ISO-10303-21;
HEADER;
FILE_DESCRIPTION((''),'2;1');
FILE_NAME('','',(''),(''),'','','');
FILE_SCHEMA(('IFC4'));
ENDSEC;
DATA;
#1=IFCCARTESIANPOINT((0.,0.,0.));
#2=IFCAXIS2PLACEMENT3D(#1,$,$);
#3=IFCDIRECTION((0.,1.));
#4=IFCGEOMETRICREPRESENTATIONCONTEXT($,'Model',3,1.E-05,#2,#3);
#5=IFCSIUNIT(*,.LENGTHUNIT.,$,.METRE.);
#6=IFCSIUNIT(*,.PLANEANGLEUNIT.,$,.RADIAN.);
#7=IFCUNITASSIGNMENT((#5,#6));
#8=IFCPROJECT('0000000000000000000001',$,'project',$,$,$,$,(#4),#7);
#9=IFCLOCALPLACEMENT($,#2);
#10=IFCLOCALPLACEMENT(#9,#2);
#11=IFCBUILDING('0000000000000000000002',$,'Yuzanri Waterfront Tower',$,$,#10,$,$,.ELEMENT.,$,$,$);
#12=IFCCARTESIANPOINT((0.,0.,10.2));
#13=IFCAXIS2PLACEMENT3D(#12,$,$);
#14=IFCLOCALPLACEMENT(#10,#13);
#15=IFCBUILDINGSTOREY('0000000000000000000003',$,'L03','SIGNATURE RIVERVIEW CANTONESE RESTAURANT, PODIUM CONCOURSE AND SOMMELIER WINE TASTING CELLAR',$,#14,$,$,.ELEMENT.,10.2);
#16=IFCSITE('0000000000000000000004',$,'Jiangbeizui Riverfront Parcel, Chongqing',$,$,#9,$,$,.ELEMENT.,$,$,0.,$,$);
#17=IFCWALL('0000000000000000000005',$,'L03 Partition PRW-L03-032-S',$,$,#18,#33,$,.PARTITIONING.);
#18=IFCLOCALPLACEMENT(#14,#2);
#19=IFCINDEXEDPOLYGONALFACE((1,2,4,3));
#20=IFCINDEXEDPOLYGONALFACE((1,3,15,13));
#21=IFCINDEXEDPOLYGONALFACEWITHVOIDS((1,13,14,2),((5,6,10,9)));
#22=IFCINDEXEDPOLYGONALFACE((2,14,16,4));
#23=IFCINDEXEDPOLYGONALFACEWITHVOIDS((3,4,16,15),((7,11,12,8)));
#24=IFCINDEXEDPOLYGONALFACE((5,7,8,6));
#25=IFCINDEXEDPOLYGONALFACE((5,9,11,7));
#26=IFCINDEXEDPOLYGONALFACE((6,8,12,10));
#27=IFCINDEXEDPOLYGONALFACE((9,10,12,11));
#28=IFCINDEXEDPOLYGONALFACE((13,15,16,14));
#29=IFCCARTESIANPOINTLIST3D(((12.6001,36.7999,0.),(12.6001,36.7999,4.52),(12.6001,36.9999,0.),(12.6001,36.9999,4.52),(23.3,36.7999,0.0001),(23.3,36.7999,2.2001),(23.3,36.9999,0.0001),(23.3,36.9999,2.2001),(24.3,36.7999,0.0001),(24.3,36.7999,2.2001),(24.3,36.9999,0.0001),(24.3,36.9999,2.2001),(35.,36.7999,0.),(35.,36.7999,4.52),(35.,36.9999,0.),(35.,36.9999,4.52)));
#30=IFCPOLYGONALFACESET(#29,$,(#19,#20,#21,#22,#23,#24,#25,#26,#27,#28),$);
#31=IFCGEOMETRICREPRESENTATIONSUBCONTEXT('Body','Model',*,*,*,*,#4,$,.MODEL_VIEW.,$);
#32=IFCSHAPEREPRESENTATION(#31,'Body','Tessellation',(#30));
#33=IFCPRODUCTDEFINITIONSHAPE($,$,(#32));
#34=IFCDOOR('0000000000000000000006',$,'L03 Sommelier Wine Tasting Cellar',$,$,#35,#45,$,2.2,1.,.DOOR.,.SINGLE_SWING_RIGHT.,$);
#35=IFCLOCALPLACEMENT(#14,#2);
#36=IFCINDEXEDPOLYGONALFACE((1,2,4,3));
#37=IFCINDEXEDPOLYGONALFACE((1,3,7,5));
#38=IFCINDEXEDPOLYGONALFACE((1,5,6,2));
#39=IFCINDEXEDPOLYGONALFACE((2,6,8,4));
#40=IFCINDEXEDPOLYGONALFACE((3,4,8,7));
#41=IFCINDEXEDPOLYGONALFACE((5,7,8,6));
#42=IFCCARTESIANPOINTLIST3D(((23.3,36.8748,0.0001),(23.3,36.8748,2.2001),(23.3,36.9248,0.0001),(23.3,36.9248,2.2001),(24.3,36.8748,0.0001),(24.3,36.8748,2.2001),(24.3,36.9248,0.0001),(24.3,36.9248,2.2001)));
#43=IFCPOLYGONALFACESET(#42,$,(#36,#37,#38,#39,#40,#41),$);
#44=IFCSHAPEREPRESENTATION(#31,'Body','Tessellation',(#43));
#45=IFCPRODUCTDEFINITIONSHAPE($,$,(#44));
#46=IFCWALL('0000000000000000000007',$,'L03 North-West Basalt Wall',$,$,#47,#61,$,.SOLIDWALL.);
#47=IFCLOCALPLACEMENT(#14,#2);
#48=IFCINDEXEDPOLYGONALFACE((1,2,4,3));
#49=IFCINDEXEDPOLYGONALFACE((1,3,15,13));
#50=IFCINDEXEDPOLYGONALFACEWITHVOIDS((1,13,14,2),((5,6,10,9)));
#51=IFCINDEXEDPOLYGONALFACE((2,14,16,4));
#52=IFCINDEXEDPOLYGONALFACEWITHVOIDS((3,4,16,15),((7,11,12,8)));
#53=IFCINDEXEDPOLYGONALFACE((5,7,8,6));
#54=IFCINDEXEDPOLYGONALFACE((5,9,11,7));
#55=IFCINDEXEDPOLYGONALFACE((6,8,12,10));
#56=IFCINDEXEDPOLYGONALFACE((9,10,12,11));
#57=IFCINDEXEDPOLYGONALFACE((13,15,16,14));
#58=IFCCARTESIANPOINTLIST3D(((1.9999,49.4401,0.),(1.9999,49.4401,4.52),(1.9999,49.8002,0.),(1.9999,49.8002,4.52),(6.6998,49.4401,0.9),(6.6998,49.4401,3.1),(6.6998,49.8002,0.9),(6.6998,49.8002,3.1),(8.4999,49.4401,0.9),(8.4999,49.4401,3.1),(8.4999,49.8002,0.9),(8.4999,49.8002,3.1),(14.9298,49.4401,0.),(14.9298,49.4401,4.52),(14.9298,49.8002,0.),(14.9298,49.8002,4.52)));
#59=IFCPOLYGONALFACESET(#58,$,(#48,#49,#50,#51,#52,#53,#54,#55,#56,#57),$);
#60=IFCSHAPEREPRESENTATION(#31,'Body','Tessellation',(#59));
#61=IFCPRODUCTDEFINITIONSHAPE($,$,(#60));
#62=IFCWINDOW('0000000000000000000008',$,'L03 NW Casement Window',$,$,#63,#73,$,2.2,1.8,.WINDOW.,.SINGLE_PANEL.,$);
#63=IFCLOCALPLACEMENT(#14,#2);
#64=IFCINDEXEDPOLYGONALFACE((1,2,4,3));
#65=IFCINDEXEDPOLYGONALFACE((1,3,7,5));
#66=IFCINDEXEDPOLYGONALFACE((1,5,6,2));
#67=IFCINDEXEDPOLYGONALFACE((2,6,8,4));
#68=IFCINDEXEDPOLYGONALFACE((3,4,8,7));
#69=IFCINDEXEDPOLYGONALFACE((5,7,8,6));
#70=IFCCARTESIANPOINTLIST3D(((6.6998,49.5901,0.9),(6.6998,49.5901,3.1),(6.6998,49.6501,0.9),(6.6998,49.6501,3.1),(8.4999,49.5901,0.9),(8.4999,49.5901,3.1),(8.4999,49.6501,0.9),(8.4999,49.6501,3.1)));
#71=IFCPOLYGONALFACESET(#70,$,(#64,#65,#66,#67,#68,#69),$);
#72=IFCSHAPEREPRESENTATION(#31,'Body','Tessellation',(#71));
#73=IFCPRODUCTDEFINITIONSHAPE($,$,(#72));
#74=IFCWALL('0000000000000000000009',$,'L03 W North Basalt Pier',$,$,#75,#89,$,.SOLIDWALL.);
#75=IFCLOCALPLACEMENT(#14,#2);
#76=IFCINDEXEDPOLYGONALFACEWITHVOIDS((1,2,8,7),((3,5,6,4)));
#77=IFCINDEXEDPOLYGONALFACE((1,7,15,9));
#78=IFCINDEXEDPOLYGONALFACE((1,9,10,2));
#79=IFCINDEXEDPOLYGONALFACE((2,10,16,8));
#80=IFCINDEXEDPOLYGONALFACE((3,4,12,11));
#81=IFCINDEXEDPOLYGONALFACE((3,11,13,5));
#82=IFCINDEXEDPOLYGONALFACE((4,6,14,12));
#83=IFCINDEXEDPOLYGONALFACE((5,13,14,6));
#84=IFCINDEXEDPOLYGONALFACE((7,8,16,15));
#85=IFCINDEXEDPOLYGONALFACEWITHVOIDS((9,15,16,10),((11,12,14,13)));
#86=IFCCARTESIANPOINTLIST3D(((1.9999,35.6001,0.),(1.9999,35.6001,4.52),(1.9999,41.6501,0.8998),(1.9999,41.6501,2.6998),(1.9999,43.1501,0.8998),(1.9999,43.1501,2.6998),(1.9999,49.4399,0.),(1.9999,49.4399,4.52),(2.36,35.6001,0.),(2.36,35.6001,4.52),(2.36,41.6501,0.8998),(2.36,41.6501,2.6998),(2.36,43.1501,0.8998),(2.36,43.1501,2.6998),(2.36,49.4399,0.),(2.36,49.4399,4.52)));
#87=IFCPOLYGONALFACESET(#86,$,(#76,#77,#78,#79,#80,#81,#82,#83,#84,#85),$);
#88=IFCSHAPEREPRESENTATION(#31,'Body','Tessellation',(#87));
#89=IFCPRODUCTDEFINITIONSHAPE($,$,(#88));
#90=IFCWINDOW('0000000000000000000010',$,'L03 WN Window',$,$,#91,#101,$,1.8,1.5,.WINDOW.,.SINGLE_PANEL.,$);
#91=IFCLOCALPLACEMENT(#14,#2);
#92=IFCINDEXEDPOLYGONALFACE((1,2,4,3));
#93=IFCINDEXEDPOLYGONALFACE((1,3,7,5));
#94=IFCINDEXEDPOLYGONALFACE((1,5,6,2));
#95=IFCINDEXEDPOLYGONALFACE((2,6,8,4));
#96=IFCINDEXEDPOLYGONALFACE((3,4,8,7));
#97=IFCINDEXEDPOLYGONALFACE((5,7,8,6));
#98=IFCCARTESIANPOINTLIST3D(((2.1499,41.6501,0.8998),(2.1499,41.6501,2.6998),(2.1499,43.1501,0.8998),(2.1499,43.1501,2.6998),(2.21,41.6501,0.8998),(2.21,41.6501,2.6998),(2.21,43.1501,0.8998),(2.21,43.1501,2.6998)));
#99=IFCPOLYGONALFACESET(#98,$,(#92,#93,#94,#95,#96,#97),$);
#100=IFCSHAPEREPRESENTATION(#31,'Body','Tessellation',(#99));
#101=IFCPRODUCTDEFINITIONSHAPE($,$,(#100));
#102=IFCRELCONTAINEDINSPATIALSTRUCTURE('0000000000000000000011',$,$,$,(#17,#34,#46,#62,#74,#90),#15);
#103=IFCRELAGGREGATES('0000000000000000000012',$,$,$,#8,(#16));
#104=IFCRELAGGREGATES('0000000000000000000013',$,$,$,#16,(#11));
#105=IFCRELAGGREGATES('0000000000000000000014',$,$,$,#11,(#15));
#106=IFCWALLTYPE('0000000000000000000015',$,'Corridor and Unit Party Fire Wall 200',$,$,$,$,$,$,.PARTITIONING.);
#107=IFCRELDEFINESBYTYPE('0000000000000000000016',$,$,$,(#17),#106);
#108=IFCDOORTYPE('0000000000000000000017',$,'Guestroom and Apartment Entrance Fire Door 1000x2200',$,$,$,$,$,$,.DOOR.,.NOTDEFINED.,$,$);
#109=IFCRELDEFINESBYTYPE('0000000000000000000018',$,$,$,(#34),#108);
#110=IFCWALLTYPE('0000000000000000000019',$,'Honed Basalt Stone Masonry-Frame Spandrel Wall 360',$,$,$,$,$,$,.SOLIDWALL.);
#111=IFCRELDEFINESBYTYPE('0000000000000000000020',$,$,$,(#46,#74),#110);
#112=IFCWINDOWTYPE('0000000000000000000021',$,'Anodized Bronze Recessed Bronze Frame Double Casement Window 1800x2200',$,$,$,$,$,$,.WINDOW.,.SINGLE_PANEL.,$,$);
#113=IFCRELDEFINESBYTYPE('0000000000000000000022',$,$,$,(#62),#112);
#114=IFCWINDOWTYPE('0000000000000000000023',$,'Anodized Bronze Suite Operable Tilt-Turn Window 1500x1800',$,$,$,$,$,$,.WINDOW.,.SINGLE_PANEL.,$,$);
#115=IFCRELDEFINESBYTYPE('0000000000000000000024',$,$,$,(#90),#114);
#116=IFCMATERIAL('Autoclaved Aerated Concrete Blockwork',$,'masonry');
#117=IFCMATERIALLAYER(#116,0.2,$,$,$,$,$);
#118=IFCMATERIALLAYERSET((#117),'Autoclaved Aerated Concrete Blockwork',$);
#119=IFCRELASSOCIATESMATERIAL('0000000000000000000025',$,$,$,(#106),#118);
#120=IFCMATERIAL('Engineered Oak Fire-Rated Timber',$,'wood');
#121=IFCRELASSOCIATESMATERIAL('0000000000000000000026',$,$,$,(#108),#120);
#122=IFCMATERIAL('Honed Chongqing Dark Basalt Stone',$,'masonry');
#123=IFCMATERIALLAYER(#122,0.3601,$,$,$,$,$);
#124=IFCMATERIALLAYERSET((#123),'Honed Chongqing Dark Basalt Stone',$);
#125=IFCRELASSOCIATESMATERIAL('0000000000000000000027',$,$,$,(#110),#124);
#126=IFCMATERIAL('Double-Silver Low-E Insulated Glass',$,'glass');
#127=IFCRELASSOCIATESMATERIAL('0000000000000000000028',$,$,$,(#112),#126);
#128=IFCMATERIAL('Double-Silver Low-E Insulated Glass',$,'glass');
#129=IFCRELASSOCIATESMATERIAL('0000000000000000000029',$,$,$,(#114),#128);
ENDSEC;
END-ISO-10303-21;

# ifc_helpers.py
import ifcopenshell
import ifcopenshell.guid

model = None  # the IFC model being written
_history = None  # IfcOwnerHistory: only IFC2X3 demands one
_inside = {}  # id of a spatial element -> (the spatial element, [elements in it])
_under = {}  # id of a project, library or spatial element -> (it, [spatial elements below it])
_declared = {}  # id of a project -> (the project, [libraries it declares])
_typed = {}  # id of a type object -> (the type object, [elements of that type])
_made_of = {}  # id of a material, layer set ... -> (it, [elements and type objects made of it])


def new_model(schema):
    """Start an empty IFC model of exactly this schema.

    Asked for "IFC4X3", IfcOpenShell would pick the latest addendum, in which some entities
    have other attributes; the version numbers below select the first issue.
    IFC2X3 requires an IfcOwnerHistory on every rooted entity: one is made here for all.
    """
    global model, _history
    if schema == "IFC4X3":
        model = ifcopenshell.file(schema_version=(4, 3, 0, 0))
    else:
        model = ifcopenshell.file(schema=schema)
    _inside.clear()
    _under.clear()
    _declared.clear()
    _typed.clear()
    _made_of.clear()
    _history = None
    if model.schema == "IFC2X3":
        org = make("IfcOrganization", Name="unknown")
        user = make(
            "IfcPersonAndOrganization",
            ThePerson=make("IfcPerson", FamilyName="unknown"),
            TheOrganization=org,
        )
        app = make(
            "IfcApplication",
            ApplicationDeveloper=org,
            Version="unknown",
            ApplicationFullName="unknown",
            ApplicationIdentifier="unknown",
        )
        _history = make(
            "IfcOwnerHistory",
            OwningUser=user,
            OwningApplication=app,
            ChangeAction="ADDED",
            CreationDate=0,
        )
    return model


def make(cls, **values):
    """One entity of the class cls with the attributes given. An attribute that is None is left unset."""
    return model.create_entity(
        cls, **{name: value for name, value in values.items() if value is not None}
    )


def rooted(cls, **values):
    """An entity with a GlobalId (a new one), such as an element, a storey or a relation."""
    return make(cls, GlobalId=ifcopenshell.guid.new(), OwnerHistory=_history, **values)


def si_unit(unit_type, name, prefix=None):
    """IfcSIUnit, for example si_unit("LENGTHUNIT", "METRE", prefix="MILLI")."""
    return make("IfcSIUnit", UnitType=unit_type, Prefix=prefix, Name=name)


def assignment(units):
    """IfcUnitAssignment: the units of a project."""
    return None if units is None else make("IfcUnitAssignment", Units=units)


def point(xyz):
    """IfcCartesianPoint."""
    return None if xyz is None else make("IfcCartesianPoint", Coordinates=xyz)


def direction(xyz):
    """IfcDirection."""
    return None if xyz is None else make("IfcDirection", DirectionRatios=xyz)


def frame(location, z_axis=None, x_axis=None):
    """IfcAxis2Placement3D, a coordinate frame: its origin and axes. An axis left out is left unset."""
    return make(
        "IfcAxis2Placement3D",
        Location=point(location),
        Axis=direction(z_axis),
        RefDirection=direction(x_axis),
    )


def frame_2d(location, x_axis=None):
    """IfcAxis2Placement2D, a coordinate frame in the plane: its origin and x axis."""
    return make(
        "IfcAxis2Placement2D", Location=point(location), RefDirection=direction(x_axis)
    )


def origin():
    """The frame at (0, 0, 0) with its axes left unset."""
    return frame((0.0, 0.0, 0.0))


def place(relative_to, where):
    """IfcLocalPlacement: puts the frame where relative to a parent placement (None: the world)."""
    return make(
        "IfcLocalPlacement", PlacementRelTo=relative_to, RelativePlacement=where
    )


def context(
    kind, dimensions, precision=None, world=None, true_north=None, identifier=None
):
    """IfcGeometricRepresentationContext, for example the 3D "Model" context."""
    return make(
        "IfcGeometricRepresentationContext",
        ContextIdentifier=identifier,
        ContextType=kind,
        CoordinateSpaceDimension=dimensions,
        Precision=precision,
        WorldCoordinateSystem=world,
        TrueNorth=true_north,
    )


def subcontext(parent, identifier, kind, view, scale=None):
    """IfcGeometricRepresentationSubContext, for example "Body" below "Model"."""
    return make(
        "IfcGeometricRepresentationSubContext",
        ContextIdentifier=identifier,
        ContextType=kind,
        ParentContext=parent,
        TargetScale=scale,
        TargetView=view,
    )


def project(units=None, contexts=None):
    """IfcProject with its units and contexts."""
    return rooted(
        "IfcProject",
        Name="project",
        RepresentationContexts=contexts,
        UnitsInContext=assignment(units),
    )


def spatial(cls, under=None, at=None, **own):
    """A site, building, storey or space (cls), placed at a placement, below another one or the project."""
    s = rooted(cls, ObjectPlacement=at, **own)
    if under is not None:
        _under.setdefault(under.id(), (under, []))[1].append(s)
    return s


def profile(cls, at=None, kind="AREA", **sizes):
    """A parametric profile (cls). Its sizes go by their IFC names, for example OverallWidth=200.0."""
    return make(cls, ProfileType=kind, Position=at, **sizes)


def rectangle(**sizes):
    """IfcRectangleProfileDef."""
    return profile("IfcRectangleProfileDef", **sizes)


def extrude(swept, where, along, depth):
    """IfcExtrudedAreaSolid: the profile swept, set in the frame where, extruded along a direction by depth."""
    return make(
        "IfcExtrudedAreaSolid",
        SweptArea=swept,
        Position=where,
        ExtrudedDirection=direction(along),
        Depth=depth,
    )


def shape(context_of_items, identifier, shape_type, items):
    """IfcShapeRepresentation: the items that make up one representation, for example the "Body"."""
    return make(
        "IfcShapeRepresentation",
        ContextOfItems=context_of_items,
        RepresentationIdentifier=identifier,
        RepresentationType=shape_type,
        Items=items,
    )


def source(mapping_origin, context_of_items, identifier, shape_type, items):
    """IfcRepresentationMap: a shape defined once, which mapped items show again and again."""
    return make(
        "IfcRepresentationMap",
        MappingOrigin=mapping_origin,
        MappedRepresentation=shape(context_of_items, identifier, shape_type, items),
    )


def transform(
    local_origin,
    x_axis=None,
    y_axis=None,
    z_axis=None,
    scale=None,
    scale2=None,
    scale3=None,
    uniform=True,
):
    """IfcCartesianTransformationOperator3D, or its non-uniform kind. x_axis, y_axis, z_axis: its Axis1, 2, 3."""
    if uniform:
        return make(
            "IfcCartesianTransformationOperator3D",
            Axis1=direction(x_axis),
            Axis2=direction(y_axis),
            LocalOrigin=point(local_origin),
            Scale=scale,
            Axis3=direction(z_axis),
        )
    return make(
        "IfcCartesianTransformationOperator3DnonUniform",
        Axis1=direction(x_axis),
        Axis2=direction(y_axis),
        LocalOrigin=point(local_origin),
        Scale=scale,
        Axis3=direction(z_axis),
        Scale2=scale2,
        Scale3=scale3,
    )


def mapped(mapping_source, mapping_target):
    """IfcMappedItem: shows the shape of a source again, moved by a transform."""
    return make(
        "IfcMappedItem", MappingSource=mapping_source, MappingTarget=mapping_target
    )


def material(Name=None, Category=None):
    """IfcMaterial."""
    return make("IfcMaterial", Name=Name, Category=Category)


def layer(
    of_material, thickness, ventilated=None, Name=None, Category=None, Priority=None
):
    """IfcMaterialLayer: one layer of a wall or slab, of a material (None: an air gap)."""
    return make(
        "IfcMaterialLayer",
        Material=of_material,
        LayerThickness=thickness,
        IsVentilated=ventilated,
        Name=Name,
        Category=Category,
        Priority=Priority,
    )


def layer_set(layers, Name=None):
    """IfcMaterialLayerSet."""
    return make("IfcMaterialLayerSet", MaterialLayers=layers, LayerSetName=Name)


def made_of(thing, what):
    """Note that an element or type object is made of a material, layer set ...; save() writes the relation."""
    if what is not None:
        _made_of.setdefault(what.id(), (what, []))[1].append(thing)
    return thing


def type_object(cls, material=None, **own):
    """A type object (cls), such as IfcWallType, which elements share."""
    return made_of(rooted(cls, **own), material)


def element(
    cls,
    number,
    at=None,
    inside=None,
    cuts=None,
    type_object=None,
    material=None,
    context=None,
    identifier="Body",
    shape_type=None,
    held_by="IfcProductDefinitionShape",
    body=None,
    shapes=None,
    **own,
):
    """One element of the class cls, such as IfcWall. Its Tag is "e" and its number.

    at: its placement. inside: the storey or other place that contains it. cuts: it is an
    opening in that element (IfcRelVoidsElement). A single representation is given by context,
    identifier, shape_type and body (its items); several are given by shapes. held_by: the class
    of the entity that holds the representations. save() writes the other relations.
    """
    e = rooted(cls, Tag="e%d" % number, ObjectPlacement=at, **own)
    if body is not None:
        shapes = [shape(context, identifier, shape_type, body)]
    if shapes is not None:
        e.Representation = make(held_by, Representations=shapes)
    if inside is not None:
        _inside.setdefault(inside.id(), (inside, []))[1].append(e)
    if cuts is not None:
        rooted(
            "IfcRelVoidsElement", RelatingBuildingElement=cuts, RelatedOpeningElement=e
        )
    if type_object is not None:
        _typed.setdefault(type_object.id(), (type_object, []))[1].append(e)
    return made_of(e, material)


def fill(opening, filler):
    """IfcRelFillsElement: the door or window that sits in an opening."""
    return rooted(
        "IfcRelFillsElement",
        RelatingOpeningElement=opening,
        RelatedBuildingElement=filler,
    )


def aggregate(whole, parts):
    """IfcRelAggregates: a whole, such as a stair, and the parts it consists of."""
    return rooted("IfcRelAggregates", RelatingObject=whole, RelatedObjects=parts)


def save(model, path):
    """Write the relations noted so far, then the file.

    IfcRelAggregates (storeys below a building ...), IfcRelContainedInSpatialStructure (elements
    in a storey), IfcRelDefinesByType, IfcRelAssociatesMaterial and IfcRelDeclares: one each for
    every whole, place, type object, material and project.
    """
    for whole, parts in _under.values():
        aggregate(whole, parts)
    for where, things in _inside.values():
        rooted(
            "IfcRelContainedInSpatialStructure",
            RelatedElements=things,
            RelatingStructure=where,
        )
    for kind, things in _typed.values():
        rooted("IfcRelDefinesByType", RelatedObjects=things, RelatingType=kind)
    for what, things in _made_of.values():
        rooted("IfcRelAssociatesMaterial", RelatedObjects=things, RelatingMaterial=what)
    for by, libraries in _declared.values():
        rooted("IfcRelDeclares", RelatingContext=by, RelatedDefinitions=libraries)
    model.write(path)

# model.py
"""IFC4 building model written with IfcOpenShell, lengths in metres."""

from ifc_helpers import new_model, si_unit, direction, frame, frame_2d, origin, place, context, subcontext, project, spatial, rectangle, extrude, source, transform, mapped, material, layer, layer_set, type_object, element, fill, save


model = new_model("IFC4")

# Units and contexts
model_context = context("Model", 3, precision=1e-05, world=origin(), true_north=direction((0.0, 1.0)))
body_context = subcontext(model_context, "Body", "Model", "MODEL_VIEW")
ifc_project = project(units=[si_unit("LENGTHUNIT", "METRE"), si_unit("PLANEANGLEUNIT", "RADIAN")], contexts=[model_context])

# Site, building, storey
site_placement = place(None, origin())
site = spatial("IfcSite", under=ifc_project, at=site_placement, Name="Jiangbeizui Riverfront Parcel, Chongqing", CompositionType="ELEMENT", RefElevation=0.0)
building_placement = place(site_placement, origin())
building = spatial("IfcBuilding", under=site, at=building_placement, Name="Yuzanri Waterfront Tower", CompositionType="ELEMENT")
storey_placement = place(building_placement, frame((0.0, 0.0, 10.2)))
storey = spatial("IfcBuildingStorey", under=building, at=storey_placement, Name="L03", Description="SIGNATURE RIVERVIEW CANTONESE RESTAURANT, PODIUM CONCOURSE AND SOMMELIER WINE TASTING CELLAR", CompositionType="ELEMENT", Elevation=10.2)

# Wall, opening, door
ifc_material_1 = material(Name="Autoclaved Aerated Concrete Blockwork", Category="masonry")
ifc_layer_1 = layer(ifc_material_1, 0.2)
ifc_layer_set_1 = layer_set([ifc_layer_1], Name="Autoclaved Aerated Concrete Blockwork")
wall_type_1 = type_object("IfcWallType", Name="Corridor and Unit Party Fire Wall 200", PredefinedType="PARTITIONING", material=ifc_layer_set_1)
wall_1_placement = place(storey_placement, frame((12.6001, 36.8999, 0.0), z_axis=(0.0, 0.0, 1.0), x_axis=(1.0, 0.0, 0.0)))
wall_1 = element("IfcWall", 1, at=wall_1_placement, inside=storey, type_object=wall_type_1, Name="L03 Partition PRW-L03-032-S", PredefinedType="PARTITIONING", context=body_context, shape_type="SweptSolid", body=[
    extrude(rectangle(XDim=22.3999, YDim=0.2, at=frame_2d((11.2, 0.0))), origin(), (0.0, 0.0, 1.0), 4.52),
])
opening_1_placement = place(wall_1_placement, frame((10.7, 0.0, 0.0)))
opening_1 = element("IfcOpeningElement", 2, at=opening_1_placement, cuts=wall_1, PredefinedType="OPENING", context=body_context, shape_type="SweptSolid", body=[
    extrude(rectangle(XDim=1.0, YDim=2.2, at=frame_2d((0.5, 1.1001))), frame((0.0, 0.1147, 0.0), z_axis=(0.0, -1.0, 0.0), x_axis=(1.0, 0.0, 0.0)), (0.0, 0.0, 1.0), 0.2297),
])
ifc_material_2 = material(Name="Engineered Oak Fire-Rated Timber", Category="wood")
door_type_1 = type_object("IfcDoorType", Name="Guestroom and Apartment Entrance Fire Door 1000x2200", OperationType="NOTDEFINED", PredefinedType="DOOR", material=ifc_material_2)
shared_shape_1 = source(origin(), body_context, "Body", "SweptSolid", [
    extrude(rectangle(XDim=1.0, YDim=2.2, at=frame_2d((0.5, 1.1001))), frame((0.0, 0.0249, 0.0), z_axis=(0.0, -1.0, 0.0), x_axis=(1.0, 0.0, 0.0)), (0.0, 0.0, 1.0), 0.05),
])
door_1_placement = place(opening_1_placement, origin())
door_1 = element("IfcDoor", 3, at=door_1_placement, inside=storey, type_object=door_type_1, Name="L03 Sommelier Wine Tasting Cellar", OperationType="SINGLE_SWING_RIGHT", OverallHeight=2.2, OverallWidth=1.0, PredefinedType="DOOR", context=body_context, shape_type="MappedRepresentation", body=[
    mapped(shared_shape_1, transform((0.0, 0.0, 0.0), scale=1.0)),
])
fill(opening_1, door_1)

# Walls, openings, windows
ifc_material_3 = material(Name="Honed Chongqing Dark Basalt Stone", Category="masonry")
ifc_layer_2 = layer(ifc_material_3, 0.3601)
ifc_layer_set_2 = layer_set([ifc_layer_2], Name="Honed Chongqing Dark Basalt Stone")
wall_type_2 = type_object("IfcWallType", Name="Honed Basalt Stone Masonry-Frame Spandrel Wall 360", PredefinedType="SOLIDWALL", material=ifc_layer_set_2)
wall_2_placement = place(storey_placement, frame((2.0, 49.6201, 0.0), z_axis=(0.0, 0.0, 1.0), x_axis=(1.0, 0.0, 0.0)))
wall_2 = element("IfcWall", 4, at=wall_2_placement, inside=storey, type_object=wall_type_2, Name="L03 North-West Basalt Wall", PredefinedType="SOLIDWALL", context=body_context, shape_type="SweptSolid", body=[
    extrude(rectangle(XDim=12.9299, YDim=0.3601, at=frame_2d((6.4648, 0.0))), origin(), (0.0, 0.0, 1.0), 4.52),
])
opening_2_placement = place(wall_2_placement, frame((4.7, 0.0, 0.8999)))
opening_2 = element("IfcOpeningElement", 5, at=opening_2_placement, cuts=wall_2, PredefinedType="OPENING", context=body_context, shape_type="SweptSolid", body=[
    extrude(rectangle(XDim=1.8, YDim=2.2, at=frame_2d((0.8999, 1.1001))), frame((0.0, 0.1948, 0.0), z_axis=(0.0, -1.0, 0.0), x_axis=(1.0, 0.0, 0.0)), (0.0, 0.0, 1.0), 0.3899),
])
ifc_material_4 = material(Name="Double-Silver Low-E Insulated Glass", Category="glass")
window_type_1 = type_object("IfcWindowType", Name="Anodized Bronze Recessed Bronze Frame Double Casement Window 1800x2200", PartitioningType="SINGLE_PANEL", PredefinedType="WINDOW", material=ifc_material_4)
shared_shape_2 = source(origin(), body_context, "Body", "SweptSolid", [
    extrude(rectangle(XDim=1.8, YDim=2.2, at=frame_2d((0.8999, 1.1001))), frame((0.0, 0.03, 0.0), z_axis=(0.0, -1.0, 0.0), x_axis=(1.0, 0.0, 0.0)), (0.0, 0.0, 1.0), 0.0601),
])
window_1_placement = place(opening_2_placement, origin())
window_1 = element("IfcWindow", 6, at=window_1_placement, inside=storey, type_object=window_type_1, Name="L03 NW Casement Window", OverallHeight=2.2, OverallWidth=1.8, PartitioningType="SINGLE_PANEL", PredefinedType="WINDOW", context=body_context, shape_type="MappedRepresentation", body=[
    mapped(shared_shape_2, transform((0.0, 0.0, 0.0), scale=1.0)),
])
fill(opening_2, window_1)
wall_3_placement = place(storey_placement, frame((2.1799, 35.6001, 0.0), z_axis=(0.0, 0.0, 1.0), x_axis=(0.0, 1.0, 0.0)))
wall_3 = element("IfcWall", 7, at=wall_3_placement, inside=storey, type_object=wall_type_2, Name="L03 W North Basalt Pier", PredefinedType="SOLIDWALL", context=body_context, shape_type="SweptSolid", body=[
    extrude(rectangle(XDim=13.8398, YDim=0.3601, at=frame_2d((6.9199, 0.0))), origin(), (0.0, 0.0, 1.0), 4.52),
])
opening_3_placement = place(wall_3_placement, frame((6.05, 0.0, 0.8999)))
opening_3 = element("IfcOpeningElement", 8, at=opening_3_placement, cuts=wall_3, PredefinedType="OPENING", context=body_context, shape_type="SweptSolid", body=[
    extrude(rectangle(XDim=1.5, YDim=1.8, at=frame_2d((0.75, 0.8999))), frame((0.0, 0.1948, 0.0), z_axis=(0.0, -1.0, 0.0), x_axis=(1.0, 0.0, 0.0)), (0.0, 0.0, 1.0), 0.3899),
])
ifc_material_5 = material(Name="Double-Silver Low-E Insulated Glass", Category="glass")
window_type_2 = type_object("IfcWindowType", Name="Anodized Bronze Suite Operable Tilt-Turn Window 1500x1800", PartitioningType="SINGLE_PANEL", PredefinedType="WINDOW", material=ifc_material_5)
shared_shape_3 = source(origin(), body_context, "Body", "SweptSolid", [
    extrude(rectangle(XDim=1.5, YDim=1.8, at=frame_2d((0.75, 0.8999))), frame((0.0, 0.03, 0.0), z_axis=(0.0, -1.0, 0.0), x_axis=(1.0, 0.0, 0.0)), (0.0, 0.0, 1.0), 0.0601),
])
window_2_placement = place(opening_3_placement, origin())
window_2 = element("IfcWindow", 9, at=window_2_placement, inside=storey, type_object=window_type_2, Name="L03 WN Window", OverallHeight=1.8, OverallWidth=1.5, PartitioningType="SINGLE_PANEL", PredefinedType="WINDOW", context=body_context, shape_type="MappedRepresentation", body=[
    mapped(shared_shape_3, transform((0.0, 0.0, 0.0), scale=1.0)),
])
fill(opening_3, window_2)

save(model, "model.ifc")
